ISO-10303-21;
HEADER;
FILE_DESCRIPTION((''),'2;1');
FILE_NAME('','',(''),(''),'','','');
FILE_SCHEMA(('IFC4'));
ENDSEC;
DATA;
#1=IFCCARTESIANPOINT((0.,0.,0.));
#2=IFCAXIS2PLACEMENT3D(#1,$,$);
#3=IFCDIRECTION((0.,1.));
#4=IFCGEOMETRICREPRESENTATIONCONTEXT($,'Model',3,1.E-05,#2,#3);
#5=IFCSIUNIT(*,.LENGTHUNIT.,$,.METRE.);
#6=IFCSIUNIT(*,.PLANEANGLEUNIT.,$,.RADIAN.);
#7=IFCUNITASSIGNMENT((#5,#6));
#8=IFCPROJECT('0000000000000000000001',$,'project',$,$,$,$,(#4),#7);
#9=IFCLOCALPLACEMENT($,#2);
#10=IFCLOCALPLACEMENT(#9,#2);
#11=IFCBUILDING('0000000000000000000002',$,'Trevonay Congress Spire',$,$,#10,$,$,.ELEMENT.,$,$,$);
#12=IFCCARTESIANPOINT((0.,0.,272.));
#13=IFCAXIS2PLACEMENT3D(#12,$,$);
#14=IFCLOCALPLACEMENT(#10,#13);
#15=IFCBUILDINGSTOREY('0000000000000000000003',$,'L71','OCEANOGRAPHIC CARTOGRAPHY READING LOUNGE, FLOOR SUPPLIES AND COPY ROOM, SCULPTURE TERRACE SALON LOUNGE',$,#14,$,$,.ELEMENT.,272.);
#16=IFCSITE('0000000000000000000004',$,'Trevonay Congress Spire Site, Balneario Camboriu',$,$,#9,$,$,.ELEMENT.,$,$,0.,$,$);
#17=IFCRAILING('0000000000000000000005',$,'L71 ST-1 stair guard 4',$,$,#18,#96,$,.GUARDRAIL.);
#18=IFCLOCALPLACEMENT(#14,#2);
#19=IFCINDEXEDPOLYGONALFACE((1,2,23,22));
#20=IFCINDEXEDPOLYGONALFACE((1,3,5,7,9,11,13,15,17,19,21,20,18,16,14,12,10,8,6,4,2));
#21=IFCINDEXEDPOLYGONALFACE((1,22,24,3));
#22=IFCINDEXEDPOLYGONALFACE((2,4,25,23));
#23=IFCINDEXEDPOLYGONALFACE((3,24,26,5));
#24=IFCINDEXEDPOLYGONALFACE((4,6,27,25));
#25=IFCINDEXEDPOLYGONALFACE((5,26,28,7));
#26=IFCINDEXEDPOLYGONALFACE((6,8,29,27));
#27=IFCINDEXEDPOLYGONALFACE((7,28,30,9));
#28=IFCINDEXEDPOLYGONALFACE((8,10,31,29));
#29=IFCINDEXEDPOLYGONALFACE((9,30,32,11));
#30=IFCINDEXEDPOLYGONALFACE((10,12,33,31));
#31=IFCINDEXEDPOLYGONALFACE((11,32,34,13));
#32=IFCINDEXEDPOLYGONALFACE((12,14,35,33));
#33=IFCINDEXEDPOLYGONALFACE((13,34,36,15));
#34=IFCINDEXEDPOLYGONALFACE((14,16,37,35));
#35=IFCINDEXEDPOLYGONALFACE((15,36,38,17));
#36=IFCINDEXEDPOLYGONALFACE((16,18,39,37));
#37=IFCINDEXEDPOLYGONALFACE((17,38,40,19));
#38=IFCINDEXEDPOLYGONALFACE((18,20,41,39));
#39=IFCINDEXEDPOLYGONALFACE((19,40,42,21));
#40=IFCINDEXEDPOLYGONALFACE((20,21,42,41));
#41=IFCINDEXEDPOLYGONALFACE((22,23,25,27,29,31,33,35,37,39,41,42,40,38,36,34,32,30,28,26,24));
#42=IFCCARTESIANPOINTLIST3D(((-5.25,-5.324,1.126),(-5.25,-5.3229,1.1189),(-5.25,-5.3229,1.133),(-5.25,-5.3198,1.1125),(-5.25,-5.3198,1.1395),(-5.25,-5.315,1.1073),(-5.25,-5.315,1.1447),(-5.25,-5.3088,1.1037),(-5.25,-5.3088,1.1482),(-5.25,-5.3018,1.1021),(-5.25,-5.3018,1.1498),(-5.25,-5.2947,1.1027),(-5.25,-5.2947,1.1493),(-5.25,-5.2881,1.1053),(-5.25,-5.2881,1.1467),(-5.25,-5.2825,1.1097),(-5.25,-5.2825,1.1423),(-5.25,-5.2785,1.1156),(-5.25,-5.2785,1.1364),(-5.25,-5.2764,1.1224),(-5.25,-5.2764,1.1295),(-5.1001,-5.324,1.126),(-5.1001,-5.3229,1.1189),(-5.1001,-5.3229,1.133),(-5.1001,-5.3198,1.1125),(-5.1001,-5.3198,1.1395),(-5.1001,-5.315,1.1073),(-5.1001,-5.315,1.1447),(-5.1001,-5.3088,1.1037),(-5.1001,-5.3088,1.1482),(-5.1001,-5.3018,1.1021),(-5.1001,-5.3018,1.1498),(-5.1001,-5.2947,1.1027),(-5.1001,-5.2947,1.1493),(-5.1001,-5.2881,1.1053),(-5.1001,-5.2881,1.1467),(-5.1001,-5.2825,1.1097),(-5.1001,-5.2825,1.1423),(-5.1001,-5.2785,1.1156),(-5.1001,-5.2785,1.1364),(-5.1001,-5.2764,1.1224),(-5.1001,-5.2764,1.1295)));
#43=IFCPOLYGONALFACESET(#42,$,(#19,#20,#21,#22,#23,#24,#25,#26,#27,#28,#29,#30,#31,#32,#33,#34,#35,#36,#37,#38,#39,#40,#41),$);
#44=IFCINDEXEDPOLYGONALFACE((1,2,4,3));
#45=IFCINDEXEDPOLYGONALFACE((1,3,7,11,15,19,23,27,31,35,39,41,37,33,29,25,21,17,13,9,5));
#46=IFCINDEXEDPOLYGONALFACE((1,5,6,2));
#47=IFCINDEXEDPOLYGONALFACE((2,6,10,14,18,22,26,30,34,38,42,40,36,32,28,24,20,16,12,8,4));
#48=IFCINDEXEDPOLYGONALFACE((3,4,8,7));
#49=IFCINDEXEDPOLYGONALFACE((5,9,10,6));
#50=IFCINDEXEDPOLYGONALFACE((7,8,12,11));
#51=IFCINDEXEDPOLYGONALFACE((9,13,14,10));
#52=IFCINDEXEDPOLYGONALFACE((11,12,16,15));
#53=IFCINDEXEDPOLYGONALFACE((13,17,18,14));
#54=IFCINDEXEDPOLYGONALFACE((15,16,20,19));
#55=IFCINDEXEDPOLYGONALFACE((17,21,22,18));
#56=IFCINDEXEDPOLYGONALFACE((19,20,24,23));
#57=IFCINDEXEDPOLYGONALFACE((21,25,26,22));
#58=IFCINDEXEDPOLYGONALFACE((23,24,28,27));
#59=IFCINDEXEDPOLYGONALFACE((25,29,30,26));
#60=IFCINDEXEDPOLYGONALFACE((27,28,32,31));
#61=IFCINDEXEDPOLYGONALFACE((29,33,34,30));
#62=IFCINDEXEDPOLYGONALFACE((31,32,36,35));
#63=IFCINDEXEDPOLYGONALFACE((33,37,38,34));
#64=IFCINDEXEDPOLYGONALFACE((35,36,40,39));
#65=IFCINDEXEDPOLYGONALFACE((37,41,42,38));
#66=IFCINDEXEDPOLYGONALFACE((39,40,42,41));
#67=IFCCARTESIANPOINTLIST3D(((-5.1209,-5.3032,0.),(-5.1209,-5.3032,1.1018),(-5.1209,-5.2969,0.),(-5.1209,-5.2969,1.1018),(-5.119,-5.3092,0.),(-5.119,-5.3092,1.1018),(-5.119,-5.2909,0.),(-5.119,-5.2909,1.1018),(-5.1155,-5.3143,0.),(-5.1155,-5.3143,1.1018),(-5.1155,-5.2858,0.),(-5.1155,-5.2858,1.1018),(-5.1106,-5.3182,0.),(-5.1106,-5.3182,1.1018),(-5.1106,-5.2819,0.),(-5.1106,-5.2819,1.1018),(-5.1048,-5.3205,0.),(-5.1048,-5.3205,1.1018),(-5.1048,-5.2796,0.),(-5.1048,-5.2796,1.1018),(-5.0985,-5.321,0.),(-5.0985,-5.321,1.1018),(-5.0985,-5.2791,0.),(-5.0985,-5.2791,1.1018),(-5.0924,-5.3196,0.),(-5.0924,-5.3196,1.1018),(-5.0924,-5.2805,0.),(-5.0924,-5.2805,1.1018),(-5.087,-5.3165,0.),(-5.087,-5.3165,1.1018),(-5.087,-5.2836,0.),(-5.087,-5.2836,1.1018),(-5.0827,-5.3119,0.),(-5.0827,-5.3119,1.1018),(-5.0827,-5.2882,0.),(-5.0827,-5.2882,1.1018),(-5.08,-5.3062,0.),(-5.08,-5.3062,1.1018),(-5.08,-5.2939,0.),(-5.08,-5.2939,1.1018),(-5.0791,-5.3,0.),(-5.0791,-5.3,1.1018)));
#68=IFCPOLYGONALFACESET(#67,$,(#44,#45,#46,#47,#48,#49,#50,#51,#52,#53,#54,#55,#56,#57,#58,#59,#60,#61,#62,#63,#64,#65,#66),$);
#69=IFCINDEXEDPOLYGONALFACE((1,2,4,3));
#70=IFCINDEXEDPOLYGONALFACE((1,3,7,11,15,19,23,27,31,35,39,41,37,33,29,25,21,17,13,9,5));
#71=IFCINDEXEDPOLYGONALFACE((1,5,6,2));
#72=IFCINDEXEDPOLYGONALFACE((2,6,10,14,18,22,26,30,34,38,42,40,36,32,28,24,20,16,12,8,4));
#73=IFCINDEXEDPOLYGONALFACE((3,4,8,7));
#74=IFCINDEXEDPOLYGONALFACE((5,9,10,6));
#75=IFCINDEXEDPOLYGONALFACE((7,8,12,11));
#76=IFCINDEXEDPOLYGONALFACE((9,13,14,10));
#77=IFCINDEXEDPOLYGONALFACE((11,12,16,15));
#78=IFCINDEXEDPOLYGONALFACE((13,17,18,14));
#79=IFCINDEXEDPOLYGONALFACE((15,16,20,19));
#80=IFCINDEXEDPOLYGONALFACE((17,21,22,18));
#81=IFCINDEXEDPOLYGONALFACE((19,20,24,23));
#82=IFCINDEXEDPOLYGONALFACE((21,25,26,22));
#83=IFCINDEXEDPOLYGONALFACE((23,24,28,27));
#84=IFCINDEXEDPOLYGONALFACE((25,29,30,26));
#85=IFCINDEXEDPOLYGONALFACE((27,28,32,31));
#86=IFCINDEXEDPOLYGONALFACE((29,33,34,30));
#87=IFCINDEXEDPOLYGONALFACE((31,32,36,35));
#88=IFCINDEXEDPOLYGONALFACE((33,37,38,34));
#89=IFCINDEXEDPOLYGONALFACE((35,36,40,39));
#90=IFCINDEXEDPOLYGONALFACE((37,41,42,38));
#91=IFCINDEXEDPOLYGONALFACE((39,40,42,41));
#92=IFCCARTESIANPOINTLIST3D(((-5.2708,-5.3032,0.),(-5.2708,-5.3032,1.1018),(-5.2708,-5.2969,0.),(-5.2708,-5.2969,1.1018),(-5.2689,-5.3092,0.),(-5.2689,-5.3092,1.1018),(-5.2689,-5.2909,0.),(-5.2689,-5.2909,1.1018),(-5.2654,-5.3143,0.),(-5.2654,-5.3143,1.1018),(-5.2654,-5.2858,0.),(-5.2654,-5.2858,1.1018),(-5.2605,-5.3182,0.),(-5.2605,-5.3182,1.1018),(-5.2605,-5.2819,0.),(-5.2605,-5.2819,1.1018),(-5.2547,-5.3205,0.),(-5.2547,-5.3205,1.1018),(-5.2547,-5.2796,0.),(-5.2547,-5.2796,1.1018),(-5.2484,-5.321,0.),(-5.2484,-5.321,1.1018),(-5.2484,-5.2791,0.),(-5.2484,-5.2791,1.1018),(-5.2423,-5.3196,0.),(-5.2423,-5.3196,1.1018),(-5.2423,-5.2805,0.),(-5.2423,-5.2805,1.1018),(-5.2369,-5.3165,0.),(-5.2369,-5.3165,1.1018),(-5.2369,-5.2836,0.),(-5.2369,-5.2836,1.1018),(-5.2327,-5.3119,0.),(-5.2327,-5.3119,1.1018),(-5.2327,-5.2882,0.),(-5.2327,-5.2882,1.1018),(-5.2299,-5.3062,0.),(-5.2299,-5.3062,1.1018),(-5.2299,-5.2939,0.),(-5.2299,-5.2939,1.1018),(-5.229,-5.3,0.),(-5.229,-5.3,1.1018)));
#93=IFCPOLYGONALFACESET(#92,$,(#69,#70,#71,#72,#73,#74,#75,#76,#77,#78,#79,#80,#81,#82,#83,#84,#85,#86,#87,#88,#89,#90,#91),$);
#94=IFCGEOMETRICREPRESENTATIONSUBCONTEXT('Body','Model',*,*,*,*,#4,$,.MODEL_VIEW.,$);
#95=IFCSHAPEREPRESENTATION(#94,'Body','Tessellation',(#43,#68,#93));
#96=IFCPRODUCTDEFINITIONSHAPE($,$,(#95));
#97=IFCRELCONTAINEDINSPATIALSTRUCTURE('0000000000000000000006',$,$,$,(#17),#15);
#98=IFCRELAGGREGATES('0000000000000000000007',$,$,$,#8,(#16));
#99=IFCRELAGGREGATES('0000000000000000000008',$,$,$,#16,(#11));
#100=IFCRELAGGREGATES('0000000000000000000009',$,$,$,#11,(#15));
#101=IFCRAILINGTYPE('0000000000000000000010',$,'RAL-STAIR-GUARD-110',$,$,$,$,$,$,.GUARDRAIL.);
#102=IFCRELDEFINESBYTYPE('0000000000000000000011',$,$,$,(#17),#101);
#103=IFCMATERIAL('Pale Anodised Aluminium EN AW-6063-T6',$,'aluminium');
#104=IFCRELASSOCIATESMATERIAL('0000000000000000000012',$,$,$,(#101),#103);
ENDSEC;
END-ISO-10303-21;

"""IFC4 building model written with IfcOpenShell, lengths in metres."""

from ifc_helpers import new_model, si_unit, direction, frame, origin, origin_2d, place, context, subcontext, project, spatial, circle, extrude, material, type_object, element, save


model = new_model("IFC4")

# Units and contexts
model_context = context("Model", 3, precision=1e-05, world=origin(), true_north=direction((0.0, 1.0)))
body_context = subcontext(model_context, "Body", "Model", "MODEL_VIEW")
ifc_project = project(units=[si_unit("LENGTHUNIT", "METRE"), si_unit("PLANEANGLEUNIT", "RADIAN")], contexts=[model_context])

# Site, building, storey
site_placement = place(None, origin())
site = spatial("IfcSite", under=ifc_project, at=site_placement, Name="Trevonay Congress Spire Site, Balneario Camboriu", CompositionType="ELEMENT", RefElevation=0.0)
building_placement = place(site_placement, origin())
building = spatial("IfcBuilding", under=site, at=building_placement, Name="Trevonay Congress Spire", CompositionType="ELEMENT")
storey_placement = place(building_placement, frame((0.0, 0.0, 272.0)))
storey = spatial("IfcBuildingStorey", under=building, at=storey_placement, Name="L71", Description="OCEANOGRAPHIC CARTOGRAPHY READING LOUNGE, FLOOR SUPPLIES AND COPY ROOM, SCULPTURE TERRACE SALON LOUNGE", CompositionType="ELEMENT", Elevation=272.0)

# Shared definitions
ifc_material_1 = material(Name="Pale Anodised Aluminium EN AW-6063-T6", Category="aluminium")

# Railing
railing_type_1 = type_object("IfcRailingType", Name="RAL-STAIR-GUARD-110", PredefinedType="GUARDRAIL", material=ifc_material_1)
railing_1_placement = place(storey_placement, frame((-5.1001, -5.3, 0.0)))
element("IfcRailing", 1, at=railing_1_placement, inside=storey, type_object=railing_type_1, Name="L71 ST-1 stair guard 4", PredefinedType="GUARDRAIL", context=body_context, shape_type="SweptSolid", body=[
    extrude(circle(Radius=0.0239, at=origin_2d()), frame((0.0, 0.0, 1.126), z_axis=(-1.0, 0.0, 0.0), x_axis=(0.0, -1.0, 0.0)), (0.0, 0.0, 1.0), 0.1499),
    extrude(circle(Radius=0.021, at=origin_2d()), origin(), (0.0, 0.0, 1.0), 1.1018),
    extrude(circle(Radius=0.021, at=origin_2d()), frame((-0.1499, 0.0, 0.0)), (0.0, 0.0, 1.0), 1.1018),
])

save(model, "model.ifc")
